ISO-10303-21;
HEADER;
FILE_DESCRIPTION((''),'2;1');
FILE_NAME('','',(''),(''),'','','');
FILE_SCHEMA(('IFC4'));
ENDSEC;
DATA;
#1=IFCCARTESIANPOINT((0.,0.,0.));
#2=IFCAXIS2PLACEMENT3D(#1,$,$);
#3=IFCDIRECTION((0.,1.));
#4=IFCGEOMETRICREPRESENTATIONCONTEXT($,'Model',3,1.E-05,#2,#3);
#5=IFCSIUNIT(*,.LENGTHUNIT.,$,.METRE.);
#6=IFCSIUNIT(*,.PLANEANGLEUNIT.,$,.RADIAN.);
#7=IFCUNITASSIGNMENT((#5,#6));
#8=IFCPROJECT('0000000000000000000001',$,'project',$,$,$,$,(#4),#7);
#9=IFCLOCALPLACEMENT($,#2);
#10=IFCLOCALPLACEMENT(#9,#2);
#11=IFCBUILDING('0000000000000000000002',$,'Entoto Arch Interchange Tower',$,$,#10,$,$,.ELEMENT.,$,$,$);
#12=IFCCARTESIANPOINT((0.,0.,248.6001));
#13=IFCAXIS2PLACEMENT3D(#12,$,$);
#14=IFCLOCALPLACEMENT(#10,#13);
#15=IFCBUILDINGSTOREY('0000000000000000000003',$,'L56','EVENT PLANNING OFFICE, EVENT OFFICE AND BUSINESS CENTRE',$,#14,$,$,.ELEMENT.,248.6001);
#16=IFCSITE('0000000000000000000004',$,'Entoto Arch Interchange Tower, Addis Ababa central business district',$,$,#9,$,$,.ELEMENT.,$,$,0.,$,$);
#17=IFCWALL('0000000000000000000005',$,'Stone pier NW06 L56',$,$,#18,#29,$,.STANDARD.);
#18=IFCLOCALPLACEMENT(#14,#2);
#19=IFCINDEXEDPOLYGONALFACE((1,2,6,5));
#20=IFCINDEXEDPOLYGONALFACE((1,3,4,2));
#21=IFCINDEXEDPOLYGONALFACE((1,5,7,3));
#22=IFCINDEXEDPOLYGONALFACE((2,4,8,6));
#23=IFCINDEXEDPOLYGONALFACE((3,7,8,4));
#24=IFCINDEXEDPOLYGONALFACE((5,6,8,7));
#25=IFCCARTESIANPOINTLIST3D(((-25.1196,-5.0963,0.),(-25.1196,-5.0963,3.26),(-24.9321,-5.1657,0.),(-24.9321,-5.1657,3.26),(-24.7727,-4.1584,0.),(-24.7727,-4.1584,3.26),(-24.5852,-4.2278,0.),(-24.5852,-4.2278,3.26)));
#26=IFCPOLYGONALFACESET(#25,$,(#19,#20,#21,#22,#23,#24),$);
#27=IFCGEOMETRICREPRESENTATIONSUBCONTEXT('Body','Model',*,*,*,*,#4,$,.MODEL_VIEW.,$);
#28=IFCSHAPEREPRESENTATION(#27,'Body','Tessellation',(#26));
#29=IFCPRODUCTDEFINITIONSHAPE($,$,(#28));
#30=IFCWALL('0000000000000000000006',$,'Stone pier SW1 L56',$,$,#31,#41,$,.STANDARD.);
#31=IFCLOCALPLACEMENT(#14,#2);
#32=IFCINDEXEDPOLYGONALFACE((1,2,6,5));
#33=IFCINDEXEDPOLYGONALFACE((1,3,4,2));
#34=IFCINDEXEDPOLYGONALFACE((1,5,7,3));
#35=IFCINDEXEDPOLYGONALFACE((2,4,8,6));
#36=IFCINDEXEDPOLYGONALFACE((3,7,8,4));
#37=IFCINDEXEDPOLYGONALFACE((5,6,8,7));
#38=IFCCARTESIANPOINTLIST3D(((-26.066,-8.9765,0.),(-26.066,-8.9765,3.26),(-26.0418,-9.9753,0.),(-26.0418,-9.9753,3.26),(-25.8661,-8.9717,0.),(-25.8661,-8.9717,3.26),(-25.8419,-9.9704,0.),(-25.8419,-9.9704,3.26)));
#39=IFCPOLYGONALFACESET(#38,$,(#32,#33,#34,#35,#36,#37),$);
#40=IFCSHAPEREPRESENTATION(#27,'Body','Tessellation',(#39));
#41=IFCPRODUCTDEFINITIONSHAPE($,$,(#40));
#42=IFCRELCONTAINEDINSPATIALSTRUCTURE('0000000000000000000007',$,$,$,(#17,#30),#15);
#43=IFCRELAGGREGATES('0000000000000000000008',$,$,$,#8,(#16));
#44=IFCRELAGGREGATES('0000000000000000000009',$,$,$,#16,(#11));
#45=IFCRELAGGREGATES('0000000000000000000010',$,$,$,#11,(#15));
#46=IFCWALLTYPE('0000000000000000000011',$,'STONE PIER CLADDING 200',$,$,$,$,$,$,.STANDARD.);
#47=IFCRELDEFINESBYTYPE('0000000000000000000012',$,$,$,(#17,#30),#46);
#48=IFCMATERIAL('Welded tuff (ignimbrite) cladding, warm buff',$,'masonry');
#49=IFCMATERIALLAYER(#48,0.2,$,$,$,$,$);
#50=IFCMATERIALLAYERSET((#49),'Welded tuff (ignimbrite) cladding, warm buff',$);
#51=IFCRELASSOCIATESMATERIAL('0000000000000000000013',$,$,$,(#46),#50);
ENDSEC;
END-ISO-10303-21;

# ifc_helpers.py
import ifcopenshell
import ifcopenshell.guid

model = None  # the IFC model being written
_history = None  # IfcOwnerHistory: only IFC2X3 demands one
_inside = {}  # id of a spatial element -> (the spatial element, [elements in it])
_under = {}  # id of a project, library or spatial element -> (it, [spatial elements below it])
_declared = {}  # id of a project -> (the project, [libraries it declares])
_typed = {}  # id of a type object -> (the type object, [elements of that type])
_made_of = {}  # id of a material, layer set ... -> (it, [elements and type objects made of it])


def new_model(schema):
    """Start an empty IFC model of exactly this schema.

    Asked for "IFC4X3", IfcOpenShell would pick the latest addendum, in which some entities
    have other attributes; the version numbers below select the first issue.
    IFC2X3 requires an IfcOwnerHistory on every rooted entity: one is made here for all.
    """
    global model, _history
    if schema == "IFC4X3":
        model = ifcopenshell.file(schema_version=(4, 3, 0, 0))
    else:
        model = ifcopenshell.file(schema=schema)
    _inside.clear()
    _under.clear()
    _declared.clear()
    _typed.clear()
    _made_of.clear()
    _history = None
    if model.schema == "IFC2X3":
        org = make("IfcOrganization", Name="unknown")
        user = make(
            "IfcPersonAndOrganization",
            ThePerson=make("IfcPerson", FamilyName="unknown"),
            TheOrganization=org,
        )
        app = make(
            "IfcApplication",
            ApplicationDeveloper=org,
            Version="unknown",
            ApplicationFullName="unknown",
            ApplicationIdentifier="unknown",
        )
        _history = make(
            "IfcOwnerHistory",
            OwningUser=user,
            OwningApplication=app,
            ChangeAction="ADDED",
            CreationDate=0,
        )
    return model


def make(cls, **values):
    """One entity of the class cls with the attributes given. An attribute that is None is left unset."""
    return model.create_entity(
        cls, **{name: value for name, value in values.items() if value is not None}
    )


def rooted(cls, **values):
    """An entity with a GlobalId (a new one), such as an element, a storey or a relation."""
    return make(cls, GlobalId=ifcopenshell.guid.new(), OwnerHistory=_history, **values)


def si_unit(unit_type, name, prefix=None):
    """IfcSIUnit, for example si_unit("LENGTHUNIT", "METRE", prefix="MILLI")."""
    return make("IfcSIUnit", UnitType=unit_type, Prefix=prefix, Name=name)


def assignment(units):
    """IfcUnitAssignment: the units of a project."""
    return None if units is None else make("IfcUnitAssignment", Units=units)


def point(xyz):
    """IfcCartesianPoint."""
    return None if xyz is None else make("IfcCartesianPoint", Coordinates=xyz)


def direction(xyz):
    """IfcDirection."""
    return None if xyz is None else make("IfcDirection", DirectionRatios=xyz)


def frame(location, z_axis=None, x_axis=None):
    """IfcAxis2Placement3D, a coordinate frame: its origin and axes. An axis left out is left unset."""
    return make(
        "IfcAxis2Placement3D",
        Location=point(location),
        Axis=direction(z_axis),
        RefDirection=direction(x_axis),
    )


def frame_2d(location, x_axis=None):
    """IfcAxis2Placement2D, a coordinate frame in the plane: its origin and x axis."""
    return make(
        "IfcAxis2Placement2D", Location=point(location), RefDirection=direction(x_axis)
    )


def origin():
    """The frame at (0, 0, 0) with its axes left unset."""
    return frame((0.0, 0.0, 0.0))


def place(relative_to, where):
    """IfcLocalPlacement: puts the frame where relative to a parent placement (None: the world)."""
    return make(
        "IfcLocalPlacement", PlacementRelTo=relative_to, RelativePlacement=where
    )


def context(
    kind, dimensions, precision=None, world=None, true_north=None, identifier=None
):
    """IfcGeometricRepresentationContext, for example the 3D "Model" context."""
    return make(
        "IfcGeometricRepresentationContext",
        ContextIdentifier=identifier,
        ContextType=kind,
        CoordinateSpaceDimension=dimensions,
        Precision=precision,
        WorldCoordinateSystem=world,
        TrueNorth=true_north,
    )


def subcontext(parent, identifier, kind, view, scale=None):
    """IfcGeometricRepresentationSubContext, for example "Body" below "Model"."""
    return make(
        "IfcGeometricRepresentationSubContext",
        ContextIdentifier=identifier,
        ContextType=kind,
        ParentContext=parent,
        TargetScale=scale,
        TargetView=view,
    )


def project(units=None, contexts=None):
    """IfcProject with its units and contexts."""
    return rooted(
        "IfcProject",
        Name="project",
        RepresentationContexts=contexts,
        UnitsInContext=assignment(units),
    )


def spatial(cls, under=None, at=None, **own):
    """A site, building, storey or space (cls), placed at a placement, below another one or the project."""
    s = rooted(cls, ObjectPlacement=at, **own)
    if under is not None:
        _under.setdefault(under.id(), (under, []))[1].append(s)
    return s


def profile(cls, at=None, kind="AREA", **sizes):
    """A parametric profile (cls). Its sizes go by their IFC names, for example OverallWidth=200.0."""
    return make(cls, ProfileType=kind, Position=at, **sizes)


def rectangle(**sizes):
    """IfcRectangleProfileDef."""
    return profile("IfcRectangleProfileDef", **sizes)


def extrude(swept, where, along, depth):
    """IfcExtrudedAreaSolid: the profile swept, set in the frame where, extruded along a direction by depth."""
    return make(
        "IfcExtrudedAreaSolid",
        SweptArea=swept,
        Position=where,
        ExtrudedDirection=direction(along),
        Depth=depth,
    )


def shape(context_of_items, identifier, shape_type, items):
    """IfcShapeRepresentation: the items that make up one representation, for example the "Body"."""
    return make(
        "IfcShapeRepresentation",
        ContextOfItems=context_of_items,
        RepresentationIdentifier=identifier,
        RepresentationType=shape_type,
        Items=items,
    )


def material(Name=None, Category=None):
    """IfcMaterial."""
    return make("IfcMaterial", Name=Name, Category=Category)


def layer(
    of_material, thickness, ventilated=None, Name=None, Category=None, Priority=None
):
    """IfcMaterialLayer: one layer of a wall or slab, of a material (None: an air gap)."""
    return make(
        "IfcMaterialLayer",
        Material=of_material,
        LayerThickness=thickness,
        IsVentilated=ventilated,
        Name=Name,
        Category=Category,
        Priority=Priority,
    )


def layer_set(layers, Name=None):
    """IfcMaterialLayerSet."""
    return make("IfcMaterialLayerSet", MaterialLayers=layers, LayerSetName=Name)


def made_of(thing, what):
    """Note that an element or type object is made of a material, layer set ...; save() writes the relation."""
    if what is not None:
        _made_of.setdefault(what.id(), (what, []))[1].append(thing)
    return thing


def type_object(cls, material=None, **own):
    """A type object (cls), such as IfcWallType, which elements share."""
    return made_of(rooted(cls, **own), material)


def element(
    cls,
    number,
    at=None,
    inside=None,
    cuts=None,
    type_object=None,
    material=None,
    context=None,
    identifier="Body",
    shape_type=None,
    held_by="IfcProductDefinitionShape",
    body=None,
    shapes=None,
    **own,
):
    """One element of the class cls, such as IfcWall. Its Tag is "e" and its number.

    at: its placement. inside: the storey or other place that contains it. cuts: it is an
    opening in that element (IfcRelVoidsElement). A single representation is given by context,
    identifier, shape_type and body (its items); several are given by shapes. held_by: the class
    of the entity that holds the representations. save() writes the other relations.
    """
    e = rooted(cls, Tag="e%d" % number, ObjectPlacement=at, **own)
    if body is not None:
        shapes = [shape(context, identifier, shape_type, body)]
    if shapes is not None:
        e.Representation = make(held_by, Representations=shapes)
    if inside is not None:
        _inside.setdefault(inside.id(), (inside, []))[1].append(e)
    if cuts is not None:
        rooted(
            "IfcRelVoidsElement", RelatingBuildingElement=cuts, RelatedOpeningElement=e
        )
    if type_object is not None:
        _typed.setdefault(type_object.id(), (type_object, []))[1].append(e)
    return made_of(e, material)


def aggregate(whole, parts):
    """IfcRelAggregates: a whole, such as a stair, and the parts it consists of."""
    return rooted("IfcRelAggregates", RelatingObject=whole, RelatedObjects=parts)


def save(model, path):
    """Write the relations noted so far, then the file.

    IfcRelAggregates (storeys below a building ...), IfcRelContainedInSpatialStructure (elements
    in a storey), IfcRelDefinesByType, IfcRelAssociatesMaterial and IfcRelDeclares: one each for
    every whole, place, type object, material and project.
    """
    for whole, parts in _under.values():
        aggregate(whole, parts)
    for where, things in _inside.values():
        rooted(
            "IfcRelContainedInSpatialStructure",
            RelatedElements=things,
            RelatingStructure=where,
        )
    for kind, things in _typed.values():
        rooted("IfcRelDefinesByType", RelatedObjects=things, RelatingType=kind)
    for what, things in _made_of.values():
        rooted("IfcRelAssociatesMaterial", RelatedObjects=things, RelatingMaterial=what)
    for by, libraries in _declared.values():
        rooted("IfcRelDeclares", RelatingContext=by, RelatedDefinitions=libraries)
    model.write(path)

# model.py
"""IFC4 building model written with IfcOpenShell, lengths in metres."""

from ifc_helpers import new_model, si_unit, direction, frame, frame_2d, origin, place, context, subcontext, project, spatial, rectangle, extrude, material, layer, layer_set, type_object, element, save


model = new_model("IFC4")

# Units and contexts
model_context = context("Model", 3, precision=1e-05, world=origin(), true_north=direction((0.0, 1.0)))
body_context = subcontext(model_context, "Body", "Model", "MODEL_VIEW")
ifc_project = project(units=[si_unit("LENGTHUNIT", "METRE"), si_unit("PLANEANGLEUNIT", "RADIAN")], contexts=[model_context])

# Site, building, storey
site_placement = place(None, origin())
site = spatial("IfcSite", under=ifc_project, at=site_placement, Name="Entoto Arch Interchange Tower, Addis Ababa central business district", CompositionType="ELEMENT", RefElevation=0.0)
building_placement = place(site_placement, origin())
building = spatial("IfcBuilding", under=site, at=building_placement, Name="Entoto Arch Interchange Tower", CompositionType="ELEMENT")
storey_placement = place(building_placement, frame((0.0, 0.0, 248.6001)))
storey = spatial("IfcBuildingStorey", under=building, at=storey_placement, Name="L56", Description="EVENT PLANNING OFFICE, EVENT OFFICE AND BUSINESS CENTRE", CompositionType="ELEMENT", Elevation=248.6001)

# Shared definitions
ifc_material_1 = material(Name="Welded tuff (ignimbrite) cladding, warm buff", Category="masonry")

# Walls
ifc_layer_1 = layer(ifc_material_1, 0.2)
ifc_layer_set_1 = layer_set([ifc_layer_1], Name="Welded tuff (ignimbrite) cladding, warm buff")
wall_type_1 = type_object("IfcWallType", Name="STONE PIER CLADDING 200", PredefinedType="STANDARD", material=ifc_layer_set_1)
wall_1_placement = place(storey_placement, frame((-24.679, -4.1931, 0.0), z_axis=(0.0, 0.0, 1.0), x_axis=(-0.346893, -0.937905, 0.0)))
element("IfcWall", 1, at=wall_1_placement, inside=storey, type_object=wall_type_1, Name="Stone pier NW06 L56", PredefinedType="STANDARD", context=body_context, shape_type="SweptSolid", body=[
    extrude(rectangle(XDim=1.0, YDim=0.2, at=frame_2d((0.5, 0.0))), origin(), (0.0, 0.0, 1.0), 3.26),
])
wall_2_placement = place(storey_placement, frame((-25.9661, -8.9741, 0.0), z_axis=(0.0, 0.0, 1.0), x_axis=(0.024192, -0.999707, 0.0)))
element("IfcWall", 2, at=wall_2_placement, inside=storey, type_object=wall_type_1, Name="Stone pier SW1 L56", PredefinedType="STANDARD", context=body_context, shape_type="SweptSolid", body=[
    extrude(rectangle(XDim=0.999, YDim=0.2, at=frame_2d((0.4995, 0.0))), origin(), (0.0, 0.0, 1.0), 3.26),
])

save(model, "model.ifc")
